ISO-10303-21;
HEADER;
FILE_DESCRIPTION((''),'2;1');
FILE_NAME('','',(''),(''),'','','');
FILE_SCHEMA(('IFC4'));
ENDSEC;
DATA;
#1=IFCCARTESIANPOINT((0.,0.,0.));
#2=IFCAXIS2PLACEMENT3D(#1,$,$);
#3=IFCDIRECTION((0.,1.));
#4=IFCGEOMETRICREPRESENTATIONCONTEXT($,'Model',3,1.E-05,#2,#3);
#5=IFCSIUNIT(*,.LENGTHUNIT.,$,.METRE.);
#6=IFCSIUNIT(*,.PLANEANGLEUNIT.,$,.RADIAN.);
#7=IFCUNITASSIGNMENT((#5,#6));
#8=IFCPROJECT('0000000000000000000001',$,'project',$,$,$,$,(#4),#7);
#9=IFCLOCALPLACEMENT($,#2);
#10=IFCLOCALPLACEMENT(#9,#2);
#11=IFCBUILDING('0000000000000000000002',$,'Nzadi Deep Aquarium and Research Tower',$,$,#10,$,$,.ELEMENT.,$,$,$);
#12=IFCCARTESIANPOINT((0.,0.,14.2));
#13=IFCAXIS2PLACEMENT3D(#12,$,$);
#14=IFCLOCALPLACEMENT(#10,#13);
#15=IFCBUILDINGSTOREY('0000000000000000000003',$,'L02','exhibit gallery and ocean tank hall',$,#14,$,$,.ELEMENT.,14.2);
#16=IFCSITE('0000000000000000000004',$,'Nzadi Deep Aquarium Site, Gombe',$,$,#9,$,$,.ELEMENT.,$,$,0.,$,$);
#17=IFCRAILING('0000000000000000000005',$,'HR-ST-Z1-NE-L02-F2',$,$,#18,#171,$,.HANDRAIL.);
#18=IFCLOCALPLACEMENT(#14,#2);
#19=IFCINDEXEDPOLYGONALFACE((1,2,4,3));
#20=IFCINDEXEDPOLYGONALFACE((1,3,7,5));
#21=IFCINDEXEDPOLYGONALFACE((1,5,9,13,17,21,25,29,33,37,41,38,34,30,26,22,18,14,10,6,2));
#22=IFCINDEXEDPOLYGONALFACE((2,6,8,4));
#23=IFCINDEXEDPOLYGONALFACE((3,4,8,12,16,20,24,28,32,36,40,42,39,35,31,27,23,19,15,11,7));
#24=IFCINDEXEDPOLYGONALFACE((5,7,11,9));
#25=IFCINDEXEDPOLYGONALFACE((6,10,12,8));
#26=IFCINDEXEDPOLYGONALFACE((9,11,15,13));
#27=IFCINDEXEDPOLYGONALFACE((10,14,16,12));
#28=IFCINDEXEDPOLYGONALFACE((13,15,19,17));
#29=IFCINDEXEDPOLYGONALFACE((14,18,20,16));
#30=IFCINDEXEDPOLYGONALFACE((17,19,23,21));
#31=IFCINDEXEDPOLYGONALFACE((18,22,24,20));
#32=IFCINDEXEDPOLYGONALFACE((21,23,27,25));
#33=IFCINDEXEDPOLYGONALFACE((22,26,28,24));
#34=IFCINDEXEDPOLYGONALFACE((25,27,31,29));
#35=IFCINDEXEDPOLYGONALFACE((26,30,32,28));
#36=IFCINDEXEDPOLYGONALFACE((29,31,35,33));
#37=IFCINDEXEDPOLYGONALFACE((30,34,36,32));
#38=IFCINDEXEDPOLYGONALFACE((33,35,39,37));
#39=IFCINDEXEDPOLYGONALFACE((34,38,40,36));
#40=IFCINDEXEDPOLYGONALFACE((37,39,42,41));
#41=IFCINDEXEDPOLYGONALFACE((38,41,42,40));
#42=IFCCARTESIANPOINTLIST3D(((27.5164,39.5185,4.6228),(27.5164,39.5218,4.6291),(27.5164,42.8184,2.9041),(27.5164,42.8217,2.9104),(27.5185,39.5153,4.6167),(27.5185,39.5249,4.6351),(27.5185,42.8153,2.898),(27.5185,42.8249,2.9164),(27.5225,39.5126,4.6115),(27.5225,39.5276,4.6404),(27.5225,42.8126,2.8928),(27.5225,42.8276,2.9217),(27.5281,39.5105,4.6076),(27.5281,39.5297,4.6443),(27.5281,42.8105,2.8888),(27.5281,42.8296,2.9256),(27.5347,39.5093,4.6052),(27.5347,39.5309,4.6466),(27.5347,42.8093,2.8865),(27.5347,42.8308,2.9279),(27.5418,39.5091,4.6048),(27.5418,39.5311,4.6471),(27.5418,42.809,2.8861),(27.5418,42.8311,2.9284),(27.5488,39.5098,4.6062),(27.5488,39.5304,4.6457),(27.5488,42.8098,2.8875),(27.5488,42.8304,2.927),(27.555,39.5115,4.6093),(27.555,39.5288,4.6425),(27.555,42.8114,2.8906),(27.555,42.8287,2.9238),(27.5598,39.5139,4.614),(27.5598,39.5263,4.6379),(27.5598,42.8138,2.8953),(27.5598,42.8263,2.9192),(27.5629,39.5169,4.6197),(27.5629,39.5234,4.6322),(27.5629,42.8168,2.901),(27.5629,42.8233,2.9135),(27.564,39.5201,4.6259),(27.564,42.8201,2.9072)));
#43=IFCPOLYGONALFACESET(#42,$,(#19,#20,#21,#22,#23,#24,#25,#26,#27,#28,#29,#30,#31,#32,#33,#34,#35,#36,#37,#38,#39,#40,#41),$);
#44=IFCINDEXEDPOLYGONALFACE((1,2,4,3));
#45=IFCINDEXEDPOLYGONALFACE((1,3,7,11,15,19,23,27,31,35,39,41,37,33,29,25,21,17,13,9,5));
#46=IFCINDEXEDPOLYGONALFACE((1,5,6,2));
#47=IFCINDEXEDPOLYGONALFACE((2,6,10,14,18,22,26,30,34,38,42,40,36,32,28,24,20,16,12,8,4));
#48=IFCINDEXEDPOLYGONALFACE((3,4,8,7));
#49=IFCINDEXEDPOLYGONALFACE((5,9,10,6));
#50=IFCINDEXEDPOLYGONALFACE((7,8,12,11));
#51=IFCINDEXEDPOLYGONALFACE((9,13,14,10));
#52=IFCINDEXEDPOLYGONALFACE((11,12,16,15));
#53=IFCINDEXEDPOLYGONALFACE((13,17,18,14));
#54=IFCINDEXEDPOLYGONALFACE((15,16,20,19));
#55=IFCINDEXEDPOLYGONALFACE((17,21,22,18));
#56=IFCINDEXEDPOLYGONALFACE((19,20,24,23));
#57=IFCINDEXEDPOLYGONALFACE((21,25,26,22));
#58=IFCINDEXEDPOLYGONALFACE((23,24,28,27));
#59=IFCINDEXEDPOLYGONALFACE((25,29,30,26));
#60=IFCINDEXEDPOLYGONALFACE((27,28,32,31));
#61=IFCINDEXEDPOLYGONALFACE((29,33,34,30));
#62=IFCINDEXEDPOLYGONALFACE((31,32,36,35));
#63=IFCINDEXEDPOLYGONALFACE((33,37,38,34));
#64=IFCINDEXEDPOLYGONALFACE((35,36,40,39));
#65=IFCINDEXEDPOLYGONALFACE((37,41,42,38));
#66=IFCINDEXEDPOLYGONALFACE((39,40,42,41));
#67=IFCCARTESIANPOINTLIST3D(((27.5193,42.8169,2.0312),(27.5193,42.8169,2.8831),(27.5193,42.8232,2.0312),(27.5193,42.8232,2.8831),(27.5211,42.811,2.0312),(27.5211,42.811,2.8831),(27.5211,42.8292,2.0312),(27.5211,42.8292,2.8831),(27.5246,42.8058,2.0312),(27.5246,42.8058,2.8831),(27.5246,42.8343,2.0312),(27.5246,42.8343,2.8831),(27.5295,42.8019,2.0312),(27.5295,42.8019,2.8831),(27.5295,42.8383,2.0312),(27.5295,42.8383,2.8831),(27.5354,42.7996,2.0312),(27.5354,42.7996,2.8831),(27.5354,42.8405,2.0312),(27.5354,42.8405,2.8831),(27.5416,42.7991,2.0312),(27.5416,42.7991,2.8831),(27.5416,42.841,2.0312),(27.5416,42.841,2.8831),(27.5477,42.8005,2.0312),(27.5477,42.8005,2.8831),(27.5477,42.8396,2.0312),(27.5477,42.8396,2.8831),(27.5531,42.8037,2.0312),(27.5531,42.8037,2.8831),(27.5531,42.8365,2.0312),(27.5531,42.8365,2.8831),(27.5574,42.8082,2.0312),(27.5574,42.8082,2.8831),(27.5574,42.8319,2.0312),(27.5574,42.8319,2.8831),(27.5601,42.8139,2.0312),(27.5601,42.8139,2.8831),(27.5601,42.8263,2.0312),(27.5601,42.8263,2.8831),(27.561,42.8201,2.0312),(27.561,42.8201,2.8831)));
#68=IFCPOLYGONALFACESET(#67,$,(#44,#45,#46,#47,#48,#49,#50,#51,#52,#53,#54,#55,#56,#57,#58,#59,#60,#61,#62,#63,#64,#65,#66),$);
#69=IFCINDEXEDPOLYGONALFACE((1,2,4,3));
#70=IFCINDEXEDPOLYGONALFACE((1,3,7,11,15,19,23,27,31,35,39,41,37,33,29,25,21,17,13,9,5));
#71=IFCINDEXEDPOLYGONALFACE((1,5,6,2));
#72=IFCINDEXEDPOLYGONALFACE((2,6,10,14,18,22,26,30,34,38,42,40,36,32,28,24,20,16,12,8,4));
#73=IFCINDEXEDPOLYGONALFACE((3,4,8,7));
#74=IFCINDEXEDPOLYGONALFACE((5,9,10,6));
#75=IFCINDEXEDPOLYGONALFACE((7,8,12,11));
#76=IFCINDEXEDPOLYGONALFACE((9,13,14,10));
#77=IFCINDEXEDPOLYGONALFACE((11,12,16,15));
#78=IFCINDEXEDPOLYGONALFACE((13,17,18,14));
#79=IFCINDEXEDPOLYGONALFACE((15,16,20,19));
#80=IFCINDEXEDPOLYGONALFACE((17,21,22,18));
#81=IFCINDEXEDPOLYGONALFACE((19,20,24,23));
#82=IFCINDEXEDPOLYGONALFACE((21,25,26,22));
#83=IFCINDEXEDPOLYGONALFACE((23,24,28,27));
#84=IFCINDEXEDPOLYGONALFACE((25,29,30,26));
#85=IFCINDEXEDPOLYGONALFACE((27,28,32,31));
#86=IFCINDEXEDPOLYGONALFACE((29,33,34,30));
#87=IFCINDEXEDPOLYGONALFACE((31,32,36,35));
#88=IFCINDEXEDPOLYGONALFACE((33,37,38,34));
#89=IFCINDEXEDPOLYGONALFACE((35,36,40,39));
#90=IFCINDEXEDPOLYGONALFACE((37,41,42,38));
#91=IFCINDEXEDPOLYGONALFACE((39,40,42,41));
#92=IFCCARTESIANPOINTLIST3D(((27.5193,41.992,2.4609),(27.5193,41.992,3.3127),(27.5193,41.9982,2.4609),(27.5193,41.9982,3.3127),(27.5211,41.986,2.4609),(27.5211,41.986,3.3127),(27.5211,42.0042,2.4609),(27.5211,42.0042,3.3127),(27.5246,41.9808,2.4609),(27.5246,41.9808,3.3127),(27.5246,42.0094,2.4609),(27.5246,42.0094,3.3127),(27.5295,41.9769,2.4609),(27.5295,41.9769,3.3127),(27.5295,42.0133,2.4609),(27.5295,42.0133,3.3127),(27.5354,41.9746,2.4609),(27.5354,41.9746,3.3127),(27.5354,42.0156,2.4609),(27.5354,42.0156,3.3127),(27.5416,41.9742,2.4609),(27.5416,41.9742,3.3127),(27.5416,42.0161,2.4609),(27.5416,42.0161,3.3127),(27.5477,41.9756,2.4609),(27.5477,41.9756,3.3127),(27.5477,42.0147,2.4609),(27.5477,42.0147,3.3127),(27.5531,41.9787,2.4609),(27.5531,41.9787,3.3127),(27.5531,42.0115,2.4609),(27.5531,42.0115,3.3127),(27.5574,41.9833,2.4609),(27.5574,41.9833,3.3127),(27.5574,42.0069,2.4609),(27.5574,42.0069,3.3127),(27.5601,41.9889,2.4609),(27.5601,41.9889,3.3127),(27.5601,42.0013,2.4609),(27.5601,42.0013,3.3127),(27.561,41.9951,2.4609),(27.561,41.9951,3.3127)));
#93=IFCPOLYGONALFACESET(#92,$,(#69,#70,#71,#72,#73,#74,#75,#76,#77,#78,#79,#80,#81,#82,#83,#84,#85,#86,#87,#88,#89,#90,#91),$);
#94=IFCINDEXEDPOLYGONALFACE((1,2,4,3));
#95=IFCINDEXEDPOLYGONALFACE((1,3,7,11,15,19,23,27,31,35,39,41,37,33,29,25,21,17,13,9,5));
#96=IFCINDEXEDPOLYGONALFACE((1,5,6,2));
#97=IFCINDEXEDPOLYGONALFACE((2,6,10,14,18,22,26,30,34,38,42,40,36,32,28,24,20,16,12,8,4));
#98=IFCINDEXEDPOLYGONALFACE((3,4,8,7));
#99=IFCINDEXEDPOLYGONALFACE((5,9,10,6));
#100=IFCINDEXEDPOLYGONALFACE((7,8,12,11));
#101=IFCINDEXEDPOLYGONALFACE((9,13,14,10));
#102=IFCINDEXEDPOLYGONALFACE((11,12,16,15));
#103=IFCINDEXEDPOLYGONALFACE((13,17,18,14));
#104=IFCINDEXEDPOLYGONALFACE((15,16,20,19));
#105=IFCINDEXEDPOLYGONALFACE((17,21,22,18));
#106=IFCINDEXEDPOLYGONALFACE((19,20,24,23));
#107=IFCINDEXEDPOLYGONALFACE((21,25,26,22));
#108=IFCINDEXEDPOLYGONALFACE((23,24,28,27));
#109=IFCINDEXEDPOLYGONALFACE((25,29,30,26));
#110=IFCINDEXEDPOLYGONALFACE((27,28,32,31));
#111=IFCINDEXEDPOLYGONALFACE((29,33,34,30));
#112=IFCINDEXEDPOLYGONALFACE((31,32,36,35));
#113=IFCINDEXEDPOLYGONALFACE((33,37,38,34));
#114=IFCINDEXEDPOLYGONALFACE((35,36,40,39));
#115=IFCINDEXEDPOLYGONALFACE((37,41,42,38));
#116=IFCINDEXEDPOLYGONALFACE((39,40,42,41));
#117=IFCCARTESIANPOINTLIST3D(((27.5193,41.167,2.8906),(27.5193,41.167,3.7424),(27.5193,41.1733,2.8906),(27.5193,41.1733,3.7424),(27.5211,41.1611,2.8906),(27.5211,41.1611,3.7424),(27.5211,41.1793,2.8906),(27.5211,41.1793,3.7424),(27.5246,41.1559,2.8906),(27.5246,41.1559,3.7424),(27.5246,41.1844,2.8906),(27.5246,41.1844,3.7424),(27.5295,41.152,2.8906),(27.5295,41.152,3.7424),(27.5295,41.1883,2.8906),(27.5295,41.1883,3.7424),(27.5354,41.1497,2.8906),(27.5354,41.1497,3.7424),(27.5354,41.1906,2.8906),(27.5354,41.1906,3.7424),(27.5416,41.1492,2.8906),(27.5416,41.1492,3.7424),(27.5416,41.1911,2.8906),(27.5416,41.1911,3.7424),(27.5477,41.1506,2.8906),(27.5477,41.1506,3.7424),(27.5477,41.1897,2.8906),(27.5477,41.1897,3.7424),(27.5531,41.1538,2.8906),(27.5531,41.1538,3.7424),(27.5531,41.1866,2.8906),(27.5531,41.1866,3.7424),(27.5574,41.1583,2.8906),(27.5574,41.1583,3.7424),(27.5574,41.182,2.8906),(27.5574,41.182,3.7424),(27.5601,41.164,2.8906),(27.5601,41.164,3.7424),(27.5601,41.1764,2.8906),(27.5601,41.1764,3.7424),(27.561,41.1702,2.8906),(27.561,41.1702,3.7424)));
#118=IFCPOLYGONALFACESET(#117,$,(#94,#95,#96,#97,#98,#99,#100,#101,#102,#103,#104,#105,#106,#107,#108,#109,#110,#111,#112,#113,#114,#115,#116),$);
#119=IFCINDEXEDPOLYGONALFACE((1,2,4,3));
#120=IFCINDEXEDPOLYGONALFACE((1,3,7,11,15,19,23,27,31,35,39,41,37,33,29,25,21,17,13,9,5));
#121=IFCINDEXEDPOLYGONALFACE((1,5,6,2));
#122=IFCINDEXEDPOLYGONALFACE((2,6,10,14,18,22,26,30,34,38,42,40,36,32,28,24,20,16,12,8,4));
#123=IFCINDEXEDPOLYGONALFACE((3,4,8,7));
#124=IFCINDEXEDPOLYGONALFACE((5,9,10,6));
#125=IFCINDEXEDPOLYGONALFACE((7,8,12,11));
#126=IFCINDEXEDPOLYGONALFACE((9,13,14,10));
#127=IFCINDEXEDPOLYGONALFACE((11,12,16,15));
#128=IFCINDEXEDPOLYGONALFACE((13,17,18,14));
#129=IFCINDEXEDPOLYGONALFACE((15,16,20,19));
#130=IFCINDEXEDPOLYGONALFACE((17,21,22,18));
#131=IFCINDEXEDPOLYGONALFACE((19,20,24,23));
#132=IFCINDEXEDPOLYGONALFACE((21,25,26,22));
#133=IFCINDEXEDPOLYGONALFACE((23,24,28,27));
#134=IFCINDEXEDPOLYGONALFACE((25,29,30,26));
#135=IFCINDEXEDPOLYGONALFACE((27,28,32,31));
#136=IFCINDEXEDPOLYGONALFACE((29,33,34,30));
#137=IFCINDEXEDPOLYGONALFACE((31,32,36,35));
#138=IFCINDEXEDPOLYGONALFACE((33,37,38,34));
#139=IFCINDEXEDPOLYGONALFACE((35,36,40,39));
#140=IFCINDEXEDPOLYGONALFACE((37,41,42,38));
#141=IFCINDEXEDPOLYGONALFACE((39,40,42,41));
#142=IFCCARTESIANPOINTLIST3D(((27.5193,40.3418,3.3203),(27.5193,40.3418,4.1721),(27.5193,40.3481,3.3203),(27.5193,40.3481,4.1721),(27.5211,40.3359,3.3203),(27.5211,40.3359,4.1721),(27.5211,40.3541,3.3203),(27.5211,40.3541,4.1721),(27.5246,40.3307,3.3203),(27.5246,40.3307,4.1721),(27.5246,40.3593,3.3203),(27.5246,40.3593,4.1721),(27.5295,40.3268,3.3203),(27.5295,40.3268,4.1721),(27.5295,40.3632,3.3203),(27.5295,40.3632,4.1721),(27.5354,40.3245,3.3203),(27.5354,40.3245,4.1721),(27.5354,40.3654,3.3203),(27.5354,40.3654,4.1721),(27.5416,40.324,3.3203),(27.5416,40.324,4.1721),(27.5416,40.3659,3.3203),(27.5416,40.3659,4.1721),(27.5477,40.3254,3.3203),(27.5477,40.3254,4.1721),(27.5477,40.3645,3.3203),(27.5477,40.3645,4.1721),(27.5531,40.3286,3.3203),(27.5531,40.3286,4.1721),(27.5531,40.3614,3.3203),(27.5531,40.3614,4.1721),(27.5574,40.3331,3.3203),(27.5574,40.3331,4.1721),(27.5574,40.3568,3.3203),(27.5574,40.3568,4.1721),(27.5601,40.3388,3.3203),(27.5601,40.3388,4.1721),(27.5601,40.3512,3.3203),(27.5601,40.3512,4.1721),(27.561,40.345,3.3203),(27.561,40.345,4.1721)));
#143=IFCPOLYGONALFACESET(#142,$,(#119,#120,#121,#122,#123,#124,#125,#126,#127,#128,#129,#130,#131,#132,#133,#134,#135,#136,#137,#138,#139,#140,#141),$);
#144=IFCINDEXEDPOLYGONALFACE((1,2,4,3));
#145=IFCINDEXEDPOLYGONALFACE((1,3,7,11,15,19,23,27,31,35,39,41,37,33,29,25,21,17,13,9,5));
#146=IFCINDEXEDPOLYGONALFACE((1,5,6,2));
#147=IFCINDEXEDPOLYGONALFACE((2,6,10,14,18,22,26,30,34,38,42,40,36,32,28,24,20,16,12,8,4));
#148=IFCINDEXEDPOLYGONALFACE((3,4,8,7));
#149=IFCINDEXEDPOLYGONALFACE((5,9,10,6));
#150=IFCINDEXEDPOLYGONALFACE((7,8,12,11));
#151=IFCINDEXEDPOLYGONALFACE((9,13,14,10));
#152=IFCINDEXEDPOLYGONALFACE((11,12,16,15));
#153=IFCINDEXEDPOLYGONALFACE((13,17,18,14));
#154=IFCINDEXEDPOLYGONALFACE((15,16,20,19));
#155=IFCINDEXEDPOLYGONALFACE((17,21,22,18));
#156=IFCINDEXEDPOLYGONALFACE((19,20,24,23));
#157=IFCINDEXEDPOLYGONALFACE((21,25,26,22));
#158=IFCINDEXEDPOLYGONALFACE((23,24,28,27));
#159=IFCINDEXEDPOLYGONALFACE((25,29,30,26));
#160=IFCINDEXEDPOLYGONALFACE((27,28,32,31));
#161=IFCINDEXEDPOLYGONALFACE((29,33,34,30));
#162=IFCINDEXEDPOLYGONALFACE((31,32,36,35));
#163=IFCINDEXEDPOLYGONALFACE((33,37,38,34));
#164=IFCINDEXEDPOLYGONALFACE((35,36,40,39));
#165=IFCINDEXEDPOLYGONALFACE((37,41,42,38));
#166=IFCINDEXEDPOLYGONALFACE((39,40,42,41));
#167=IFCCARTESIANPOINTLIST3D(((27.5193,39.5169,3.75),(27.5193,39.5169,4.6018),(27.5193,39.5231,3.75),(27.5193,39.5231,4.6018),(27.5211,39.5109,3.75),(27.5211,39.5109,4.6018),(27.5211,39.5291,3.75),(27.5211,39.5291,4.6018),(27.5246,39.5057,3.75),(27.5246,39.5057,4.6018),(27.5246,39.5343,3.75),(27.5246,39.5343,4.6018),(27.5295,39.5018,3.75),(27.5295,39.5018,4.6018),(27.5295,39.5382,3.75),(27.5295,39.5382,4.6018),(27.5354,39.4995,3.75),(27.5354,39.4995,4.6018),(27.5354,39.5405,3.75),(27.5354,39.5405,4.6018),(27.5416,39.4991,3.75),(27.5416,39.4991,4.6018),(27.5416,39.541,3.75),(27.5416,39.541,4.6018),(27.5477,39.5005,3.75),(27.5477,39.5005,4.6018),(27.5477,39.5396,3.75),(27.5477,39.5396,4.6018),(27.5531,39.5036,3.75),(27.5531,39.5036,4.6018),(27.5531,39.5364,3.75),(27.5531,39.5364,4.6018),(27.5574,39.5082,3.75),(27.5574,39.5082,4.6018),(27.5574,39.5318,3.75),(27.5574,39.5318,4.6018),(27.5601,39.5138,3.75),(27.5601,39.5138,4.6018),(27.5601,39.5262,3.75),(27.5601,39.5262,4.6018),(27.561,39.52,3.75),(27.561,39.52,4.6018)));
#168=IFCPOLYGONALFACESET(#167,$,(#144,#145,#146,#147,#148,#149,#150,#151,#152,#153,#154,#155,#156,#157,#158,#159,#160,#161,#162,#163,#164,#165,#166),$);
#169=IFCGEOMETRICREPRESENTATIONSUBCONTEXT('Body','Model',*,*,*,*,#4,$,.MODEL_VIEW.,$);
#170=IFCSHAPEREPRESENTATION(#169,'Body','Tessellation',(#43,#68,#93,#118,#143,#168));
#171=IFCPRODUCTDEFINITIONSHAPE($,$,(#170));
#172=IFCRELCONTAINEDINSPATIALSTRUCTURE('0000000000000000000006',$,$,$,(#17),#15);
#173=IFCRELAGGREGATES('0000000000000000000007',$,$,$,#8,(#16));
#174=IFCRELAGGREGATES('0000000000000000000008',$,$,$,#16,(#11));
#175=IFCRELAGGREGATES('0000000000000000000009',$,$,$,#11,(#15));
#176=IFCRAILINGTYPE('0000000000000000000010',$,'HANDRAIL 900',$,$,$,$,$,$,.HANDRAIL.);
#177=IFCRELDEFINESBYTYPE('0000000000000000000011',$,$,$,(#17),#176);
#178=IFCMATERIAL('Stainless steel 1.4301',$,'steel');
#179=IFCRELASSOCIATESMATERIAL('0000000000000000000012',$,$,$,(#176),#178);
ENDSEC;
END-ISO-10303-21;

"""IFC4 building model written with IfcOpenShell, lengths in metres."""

from ifc_helpers import new_model, si_unit, direction, frame, origin, origin_2d, place, context, subcontext, project, spatial, circle, extrude, material, type_object, element, save


model = new_model("IFC4")

# Units and contexts
model_context = context("Model", 3, precision=1e-05, world=origin(), true_north=direction((0.0, 1.0)))
body_context = subcontext(model_context, "Body", "Model", "MODEL_VIEW")
ifc_project = project(units=[si_unit("LENGTHUNIT", "METRE"), si_unit("PLANEANGLEUNIT", "RADIAN")], contexts=[model_context])

# Site, building, storey
site_placement = place(None, origin())
site = spatial("IfcSite", under=ifc_project, at=site_placement, Name="Nzadi Deep Aquarium Site, Gombe", CompositionType="ELEMENT", RefElevation=0.0)
building_placement = place(site_placement, origin())
building = spatial("IfcBuilding", under=site, at=building_placement, Name="Nzadi Deep Aquarium and Research Tower", CompositionType="ELEMENT")
storey_placement = place(building_placement, frame((0.0, 0.0, 14.2)))
storey = spatial("IfcBuildingStorey", under=building, at=storey_placement, Name="L02", Description="exhibit gallery and ocean tank hall", CompositionType="ELEMENT", Elevation=14.2)

# Railing
ifc_material_1 = material(Name="Stainless steel 1.4301", Category="steel")
railing_type = type_object("IfcRailingType", Name="HANDRAIL 900", PredefinedType="HANDRAIL", material=ifc_material_1)
for number, where, name in (
    (1, (27.54, 42.8201, 2.0312), "HR-ST-Z1-NE-L02-F2"),
):
    element("IfcRailing", number, at=place(storey_placement, frame(where)), inside=storey, type_object=railing_type, Name=name, PredefinedType="HANDRAIL", context=body_context, shape_type="SweptSolid", body=[
        extrude(circle(Radius=0.0239, at=origin_2d()), frame((0.0, 0.0, 0.876), z_axis=(0.0, -0.886917, 0.461929), x_axis=(1.0, 0.0, 0.0)), (0.0, 0.0, 1.0), 3.7207),
        extrude(circle(Radius=0.021, at=origin_2d()), origin(), (0.0, 0.0, 1.0), 0.8518),
        extrude(circle(Radius=0.021, at=origin_2d()), frame((0.0, -0.825, 0.4297)), (0.0, 0.0, 1.0), 0.8518),
        extrude(circle(Radius=0.021, at=origin_2d()), frame((0.0, -1.6499, 0.8594)), (0.0, 0.0, 1.0), 0.8518),
        extrude(circle(Radius=0.021, at=origin_2d()), frame((0.0, -2.4751, 1.2891)), (0.0, 0.0, 1.0), 0.8518),
        extrude(circle(Radius=0.021, at=origin_2d()), frame((0.0, -3.3, 1.7188)), (0.0, 0.0, 1.0), 0.8518),
    ])

save(model, "model.ifc")
